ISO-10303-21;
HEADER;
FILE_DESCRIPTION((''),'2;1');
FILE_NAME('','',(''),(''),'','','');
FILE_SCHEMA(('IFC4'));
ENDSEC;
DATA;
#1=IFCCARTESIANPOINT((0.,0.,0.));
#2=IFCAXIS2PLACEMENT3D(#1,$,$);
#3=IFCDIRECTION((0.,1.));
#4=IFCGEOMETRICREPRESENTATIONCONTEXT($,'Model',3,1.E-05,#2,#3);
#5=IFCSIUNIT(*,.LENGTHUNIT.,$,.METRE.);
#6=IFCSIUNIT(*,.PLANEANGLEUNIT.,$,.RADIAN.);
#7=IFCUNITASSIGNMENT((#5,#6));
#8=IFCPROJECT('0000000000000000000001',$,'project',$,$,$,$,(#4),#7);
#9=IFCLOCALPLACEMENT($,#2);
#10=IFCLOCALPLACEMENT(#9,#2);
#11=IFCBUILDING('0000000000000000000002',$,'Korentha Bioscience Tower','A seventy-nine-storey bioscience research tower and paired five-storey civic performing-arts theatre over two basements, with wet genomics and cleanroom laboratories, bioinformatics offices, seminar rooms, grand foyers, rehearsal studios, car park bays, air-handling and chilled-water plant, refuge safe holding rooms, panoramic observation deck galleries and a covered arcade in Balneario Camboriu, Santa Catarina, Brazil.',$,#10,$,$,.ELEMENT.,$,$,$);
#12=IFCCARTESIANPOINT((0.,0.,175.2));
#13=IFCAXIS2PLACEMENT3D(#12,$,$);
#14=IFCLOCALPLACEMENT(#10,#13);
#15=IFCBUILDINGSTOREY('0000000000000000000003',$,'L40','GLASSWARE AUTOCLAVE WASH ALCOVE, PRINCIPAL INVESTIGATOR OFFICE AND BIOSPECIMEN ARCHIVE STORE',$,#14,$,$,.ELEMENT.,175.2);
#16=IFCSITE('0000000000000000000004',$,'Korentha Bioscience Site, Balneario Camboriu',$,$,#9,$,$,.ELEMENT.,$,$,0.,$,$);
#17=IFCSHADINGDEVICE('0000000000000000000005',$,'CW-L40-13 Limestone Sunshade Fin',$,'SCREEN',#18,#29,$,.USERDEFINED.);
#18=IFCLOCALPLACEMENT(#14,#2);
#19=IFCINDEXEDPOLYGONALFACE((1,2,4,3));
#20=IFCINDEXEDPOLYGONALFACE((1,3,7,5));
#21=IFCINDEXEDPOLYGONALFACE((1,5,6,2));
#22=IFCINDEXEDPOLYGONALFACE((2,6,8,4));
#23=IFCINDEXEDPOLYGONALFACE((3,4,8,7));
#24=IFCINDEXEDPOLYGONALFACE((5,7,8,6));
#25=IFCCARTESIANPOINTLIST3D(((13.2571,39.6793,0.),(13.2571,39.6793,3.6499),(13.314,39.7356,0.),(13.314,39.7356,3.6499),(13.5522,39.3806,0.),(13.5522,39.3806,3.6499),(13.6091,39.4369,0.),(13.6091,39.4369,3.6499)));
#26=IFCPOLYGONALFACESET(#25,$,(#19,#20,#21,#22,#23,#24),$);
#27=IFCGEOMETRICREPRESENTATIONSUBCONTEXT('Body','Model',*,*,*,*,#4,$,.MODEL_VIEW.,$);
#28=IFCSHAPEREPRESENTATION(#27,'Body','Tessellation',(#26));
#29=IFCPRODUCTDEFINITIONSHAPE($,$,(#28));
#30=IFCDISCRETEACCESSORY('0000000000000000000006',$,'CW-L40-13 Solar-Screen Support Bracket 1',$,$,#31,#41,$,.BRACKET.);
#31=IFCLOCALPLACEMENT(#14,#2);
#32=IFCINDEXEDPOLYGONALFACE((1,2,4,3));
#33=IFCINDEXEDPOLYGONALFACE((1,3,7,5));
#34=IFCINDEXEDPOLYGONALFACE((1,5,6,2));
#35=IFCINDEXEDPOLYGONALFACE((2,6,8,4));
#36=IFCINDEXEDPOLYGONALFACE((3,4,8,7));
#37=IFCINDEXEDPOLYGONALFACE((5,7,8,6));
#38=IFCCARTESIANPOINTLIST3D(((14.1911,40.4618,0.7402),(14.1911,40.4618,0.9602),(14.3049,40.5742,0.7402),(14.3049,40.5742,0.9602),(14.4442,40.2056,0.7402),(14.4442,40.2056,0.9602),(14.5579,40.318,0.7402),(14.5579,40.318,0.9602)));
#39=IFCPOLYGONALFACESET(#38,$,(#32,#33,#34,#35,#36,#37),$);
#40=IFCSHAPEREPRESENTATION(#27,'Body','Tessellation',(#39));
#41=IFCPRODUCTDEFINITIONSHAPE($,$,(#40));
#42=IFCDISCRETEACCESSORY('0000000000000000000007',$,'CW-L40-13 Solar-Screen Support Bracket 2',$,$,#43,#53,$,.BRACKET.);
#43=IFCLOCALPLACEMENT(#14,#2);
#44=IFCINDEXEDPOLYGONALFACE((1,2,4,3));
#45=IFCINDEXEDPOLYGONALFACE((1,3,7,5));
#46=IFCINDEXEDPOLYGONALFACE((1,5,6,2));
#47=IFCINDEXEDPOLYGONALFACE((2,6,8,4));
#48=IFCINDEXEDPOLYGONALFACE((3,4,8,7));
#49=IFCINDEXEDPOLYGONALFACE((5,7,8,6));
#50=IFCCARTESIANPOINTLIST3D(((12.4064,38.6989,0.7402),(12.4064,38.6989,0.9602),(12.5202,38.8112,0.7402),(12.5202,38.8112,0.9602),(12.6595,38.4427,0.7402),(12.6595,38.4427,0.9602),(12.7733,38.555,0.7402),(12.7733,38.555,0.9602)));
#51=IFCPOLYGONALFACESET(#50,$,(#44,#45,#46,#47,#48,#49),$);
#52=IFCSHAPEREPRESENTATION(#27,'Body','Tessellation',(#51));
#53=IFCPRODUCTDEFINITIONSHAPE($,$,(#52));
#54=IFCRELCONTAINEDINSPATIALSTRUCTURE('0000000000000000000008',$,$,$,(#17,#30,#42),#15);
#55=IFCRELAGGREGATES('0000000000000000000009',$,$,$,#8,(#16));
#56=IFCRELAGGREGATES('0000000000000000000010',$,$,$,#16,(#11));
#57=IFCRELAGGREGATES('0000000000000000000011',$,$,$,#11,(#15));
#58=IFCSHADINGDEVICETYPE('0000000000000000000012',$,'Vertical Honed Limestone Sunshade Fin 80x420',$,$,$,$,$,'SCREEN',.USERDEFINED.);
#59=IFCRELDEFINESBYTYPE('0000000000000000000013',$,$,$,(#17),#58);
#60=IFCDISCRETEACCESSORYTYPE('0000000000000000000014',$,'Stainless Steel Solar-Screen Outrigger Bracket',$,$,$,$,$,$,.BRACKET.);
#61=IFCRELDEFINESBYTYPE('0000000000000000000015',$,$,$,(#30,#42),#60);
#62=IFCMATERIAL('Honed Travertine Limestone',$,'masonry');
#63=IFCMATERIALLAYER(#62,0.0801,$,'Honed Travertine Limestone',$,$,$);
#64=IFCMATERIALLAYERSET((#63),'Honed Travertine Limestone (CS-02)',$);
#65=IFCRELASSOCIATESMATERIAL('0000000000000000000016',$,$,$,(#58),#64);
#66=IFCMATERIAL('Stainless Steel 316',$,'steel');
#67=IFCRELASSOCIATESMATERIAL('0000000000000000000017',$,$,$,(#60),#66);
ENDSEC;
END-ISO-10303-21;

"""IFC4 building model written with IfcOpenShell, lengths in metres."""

from ifc_helpers import new_model, si_unit, direction, frame, origin, origin_2d, place, context, subcontext, project, spatial, rectangle, extrude, material, layer, layer_set, type_object, element, save


model = new_model("IFC4")

# Units and contexts
model_context = context("Model", 3, precision=1e-05, world=origin(), true_north=direction((0.0, 1.0)))
body_context = subcontext(model_context, "Body", "Model", "MODEL_VIEW")
ifc_project = project(units=[si_unit("LENGTHUNIT", "METRE"), si_unit("PLANEANGLEUNIT", "RADIAN")], contexts=[model_context])

# Site, building, storey
site_placement = place(None, origin())
site = spatial("IfcSite", under=ifc_project, at=site_placement, Name="Korentha Bioscience Site, Balneario Camboriu", CompositionType="ELEMENT", RefElevation=0.0)
building_placement = place(site_placement, origin())
building = spatial("IfcBuilding", under=site, at=building_placement, Name="Korentha Bioscience Tower", Description="A seventy-nine-storey bioscience research tower and paired five-storey civic performing-arts theatre over two basements, with wet genomics and cleanroom laboratories, bioinformatics offices, seminar rooms, grand foyers, rehearsal studios, car park bays, air-handling and chilled-water plant, refuge safe holding rooms, panoramic observation deck galleries and a covered arcade in Balneario Camboriu, Santa Catarina, Brazil.", CompositionType="ELEMENT")
storey_placement = place(building_placement, frame((0.0, 0.0, 175.2)))
storey = spatial("IfcBuildingStorey", under=building, at=storey_placement, Name="L40", Description="GLASSWARE AUTOCLAVE WASH ALCOVE, PRINCIPAL INVESTIGATOR OFFICE AND BIOSPECIMEN ARCHIVE STORE", CompositionType="ELEMENT", Elevation=175.2)

# Shading device
ifc_material_1 = material(Name="Honed Travertine Limestone", Category="masonry")
ifc_layer_1 = layer(ifc_material_1, 0.0801, Name="Honed Travertine Limestone")
ifc_layer_set_1 = layer_set([ifc_layer_1], Name="Honed Travertine Limestone (CS-02)")
shading_device_type_1 = type_object("IfcShadingDeviceType", Name="Vertical Honed Limestone Sunshade Fin 80x420", ElementType="SCREEN", PredefinedType="USERDEFINED", material=ifc_layer_set_1)
shading_device_1_placement = place(storey_placement, frame((13.4331, 39.5581, 0.0), z_axis=(0.0, 0.0, 1.0), x_axis=(-0.711461, -0.702726, 0.0)))
element("IfcShadingDevice", 1, at=shading_device_1_placement, inside=storey, type_object=shading_device_type_1, Name="CW-L40-13 Limestone Sunshade Fin", ObjectType="SCREEN", PredefinedType="USERDEFINED", context=body_context, shape_type="SweptSolid", body=[
    extrude(rectangle(XDim=0.0801, YDim=0.4199, at=origin_2d()), origin(), (0.0, 0.0, 1.0), 3.6499),
])

# Discrete accessories
ifc_material_2 = material(Name="Stainless Steel 316", Category="steel")
discrete_accessory_type = type_object("IfcDiscreteAccessoryType", Name="Stainless Steel Solar-Screen Outrigger Bracket", PredefinedType="BRACKET", material=ifc_material_2)
for number, where, z_axis, x_axis, name in (
    (2, (14.3745, 40.3899, 0.7402), (0.0, 0.0, 1.0), (-0.711461, -0.702726, 0.0), "CW-L40-13 Solar-Screen Support Bracket 1"),
    (3, (12.5898, 38.627, 0.7402), (0.0, 0.0, 1.0), (-0.711461, -0.702726, 0.0), "CW-L40-13 Solar-Screen Support Bracket 2"),
):
    element("IfcDiscreteAccessory", number, at=place(storey_placement, frame(where, z_axis=z_axis, x_axis=x_axis)), inside=storey, type_object=discrete_accessory_type, Name=name, PredefinedType="BRACKET", context=body_context, shape_type="SweptSolid", body=[
        extrude(rectangle(XDim=0.1599, YDim=0.3601, at=origin_2d()), origin(), (0.0, 0.0, 1.0), 0.22),
    ])

save(model, "model.ifc")
